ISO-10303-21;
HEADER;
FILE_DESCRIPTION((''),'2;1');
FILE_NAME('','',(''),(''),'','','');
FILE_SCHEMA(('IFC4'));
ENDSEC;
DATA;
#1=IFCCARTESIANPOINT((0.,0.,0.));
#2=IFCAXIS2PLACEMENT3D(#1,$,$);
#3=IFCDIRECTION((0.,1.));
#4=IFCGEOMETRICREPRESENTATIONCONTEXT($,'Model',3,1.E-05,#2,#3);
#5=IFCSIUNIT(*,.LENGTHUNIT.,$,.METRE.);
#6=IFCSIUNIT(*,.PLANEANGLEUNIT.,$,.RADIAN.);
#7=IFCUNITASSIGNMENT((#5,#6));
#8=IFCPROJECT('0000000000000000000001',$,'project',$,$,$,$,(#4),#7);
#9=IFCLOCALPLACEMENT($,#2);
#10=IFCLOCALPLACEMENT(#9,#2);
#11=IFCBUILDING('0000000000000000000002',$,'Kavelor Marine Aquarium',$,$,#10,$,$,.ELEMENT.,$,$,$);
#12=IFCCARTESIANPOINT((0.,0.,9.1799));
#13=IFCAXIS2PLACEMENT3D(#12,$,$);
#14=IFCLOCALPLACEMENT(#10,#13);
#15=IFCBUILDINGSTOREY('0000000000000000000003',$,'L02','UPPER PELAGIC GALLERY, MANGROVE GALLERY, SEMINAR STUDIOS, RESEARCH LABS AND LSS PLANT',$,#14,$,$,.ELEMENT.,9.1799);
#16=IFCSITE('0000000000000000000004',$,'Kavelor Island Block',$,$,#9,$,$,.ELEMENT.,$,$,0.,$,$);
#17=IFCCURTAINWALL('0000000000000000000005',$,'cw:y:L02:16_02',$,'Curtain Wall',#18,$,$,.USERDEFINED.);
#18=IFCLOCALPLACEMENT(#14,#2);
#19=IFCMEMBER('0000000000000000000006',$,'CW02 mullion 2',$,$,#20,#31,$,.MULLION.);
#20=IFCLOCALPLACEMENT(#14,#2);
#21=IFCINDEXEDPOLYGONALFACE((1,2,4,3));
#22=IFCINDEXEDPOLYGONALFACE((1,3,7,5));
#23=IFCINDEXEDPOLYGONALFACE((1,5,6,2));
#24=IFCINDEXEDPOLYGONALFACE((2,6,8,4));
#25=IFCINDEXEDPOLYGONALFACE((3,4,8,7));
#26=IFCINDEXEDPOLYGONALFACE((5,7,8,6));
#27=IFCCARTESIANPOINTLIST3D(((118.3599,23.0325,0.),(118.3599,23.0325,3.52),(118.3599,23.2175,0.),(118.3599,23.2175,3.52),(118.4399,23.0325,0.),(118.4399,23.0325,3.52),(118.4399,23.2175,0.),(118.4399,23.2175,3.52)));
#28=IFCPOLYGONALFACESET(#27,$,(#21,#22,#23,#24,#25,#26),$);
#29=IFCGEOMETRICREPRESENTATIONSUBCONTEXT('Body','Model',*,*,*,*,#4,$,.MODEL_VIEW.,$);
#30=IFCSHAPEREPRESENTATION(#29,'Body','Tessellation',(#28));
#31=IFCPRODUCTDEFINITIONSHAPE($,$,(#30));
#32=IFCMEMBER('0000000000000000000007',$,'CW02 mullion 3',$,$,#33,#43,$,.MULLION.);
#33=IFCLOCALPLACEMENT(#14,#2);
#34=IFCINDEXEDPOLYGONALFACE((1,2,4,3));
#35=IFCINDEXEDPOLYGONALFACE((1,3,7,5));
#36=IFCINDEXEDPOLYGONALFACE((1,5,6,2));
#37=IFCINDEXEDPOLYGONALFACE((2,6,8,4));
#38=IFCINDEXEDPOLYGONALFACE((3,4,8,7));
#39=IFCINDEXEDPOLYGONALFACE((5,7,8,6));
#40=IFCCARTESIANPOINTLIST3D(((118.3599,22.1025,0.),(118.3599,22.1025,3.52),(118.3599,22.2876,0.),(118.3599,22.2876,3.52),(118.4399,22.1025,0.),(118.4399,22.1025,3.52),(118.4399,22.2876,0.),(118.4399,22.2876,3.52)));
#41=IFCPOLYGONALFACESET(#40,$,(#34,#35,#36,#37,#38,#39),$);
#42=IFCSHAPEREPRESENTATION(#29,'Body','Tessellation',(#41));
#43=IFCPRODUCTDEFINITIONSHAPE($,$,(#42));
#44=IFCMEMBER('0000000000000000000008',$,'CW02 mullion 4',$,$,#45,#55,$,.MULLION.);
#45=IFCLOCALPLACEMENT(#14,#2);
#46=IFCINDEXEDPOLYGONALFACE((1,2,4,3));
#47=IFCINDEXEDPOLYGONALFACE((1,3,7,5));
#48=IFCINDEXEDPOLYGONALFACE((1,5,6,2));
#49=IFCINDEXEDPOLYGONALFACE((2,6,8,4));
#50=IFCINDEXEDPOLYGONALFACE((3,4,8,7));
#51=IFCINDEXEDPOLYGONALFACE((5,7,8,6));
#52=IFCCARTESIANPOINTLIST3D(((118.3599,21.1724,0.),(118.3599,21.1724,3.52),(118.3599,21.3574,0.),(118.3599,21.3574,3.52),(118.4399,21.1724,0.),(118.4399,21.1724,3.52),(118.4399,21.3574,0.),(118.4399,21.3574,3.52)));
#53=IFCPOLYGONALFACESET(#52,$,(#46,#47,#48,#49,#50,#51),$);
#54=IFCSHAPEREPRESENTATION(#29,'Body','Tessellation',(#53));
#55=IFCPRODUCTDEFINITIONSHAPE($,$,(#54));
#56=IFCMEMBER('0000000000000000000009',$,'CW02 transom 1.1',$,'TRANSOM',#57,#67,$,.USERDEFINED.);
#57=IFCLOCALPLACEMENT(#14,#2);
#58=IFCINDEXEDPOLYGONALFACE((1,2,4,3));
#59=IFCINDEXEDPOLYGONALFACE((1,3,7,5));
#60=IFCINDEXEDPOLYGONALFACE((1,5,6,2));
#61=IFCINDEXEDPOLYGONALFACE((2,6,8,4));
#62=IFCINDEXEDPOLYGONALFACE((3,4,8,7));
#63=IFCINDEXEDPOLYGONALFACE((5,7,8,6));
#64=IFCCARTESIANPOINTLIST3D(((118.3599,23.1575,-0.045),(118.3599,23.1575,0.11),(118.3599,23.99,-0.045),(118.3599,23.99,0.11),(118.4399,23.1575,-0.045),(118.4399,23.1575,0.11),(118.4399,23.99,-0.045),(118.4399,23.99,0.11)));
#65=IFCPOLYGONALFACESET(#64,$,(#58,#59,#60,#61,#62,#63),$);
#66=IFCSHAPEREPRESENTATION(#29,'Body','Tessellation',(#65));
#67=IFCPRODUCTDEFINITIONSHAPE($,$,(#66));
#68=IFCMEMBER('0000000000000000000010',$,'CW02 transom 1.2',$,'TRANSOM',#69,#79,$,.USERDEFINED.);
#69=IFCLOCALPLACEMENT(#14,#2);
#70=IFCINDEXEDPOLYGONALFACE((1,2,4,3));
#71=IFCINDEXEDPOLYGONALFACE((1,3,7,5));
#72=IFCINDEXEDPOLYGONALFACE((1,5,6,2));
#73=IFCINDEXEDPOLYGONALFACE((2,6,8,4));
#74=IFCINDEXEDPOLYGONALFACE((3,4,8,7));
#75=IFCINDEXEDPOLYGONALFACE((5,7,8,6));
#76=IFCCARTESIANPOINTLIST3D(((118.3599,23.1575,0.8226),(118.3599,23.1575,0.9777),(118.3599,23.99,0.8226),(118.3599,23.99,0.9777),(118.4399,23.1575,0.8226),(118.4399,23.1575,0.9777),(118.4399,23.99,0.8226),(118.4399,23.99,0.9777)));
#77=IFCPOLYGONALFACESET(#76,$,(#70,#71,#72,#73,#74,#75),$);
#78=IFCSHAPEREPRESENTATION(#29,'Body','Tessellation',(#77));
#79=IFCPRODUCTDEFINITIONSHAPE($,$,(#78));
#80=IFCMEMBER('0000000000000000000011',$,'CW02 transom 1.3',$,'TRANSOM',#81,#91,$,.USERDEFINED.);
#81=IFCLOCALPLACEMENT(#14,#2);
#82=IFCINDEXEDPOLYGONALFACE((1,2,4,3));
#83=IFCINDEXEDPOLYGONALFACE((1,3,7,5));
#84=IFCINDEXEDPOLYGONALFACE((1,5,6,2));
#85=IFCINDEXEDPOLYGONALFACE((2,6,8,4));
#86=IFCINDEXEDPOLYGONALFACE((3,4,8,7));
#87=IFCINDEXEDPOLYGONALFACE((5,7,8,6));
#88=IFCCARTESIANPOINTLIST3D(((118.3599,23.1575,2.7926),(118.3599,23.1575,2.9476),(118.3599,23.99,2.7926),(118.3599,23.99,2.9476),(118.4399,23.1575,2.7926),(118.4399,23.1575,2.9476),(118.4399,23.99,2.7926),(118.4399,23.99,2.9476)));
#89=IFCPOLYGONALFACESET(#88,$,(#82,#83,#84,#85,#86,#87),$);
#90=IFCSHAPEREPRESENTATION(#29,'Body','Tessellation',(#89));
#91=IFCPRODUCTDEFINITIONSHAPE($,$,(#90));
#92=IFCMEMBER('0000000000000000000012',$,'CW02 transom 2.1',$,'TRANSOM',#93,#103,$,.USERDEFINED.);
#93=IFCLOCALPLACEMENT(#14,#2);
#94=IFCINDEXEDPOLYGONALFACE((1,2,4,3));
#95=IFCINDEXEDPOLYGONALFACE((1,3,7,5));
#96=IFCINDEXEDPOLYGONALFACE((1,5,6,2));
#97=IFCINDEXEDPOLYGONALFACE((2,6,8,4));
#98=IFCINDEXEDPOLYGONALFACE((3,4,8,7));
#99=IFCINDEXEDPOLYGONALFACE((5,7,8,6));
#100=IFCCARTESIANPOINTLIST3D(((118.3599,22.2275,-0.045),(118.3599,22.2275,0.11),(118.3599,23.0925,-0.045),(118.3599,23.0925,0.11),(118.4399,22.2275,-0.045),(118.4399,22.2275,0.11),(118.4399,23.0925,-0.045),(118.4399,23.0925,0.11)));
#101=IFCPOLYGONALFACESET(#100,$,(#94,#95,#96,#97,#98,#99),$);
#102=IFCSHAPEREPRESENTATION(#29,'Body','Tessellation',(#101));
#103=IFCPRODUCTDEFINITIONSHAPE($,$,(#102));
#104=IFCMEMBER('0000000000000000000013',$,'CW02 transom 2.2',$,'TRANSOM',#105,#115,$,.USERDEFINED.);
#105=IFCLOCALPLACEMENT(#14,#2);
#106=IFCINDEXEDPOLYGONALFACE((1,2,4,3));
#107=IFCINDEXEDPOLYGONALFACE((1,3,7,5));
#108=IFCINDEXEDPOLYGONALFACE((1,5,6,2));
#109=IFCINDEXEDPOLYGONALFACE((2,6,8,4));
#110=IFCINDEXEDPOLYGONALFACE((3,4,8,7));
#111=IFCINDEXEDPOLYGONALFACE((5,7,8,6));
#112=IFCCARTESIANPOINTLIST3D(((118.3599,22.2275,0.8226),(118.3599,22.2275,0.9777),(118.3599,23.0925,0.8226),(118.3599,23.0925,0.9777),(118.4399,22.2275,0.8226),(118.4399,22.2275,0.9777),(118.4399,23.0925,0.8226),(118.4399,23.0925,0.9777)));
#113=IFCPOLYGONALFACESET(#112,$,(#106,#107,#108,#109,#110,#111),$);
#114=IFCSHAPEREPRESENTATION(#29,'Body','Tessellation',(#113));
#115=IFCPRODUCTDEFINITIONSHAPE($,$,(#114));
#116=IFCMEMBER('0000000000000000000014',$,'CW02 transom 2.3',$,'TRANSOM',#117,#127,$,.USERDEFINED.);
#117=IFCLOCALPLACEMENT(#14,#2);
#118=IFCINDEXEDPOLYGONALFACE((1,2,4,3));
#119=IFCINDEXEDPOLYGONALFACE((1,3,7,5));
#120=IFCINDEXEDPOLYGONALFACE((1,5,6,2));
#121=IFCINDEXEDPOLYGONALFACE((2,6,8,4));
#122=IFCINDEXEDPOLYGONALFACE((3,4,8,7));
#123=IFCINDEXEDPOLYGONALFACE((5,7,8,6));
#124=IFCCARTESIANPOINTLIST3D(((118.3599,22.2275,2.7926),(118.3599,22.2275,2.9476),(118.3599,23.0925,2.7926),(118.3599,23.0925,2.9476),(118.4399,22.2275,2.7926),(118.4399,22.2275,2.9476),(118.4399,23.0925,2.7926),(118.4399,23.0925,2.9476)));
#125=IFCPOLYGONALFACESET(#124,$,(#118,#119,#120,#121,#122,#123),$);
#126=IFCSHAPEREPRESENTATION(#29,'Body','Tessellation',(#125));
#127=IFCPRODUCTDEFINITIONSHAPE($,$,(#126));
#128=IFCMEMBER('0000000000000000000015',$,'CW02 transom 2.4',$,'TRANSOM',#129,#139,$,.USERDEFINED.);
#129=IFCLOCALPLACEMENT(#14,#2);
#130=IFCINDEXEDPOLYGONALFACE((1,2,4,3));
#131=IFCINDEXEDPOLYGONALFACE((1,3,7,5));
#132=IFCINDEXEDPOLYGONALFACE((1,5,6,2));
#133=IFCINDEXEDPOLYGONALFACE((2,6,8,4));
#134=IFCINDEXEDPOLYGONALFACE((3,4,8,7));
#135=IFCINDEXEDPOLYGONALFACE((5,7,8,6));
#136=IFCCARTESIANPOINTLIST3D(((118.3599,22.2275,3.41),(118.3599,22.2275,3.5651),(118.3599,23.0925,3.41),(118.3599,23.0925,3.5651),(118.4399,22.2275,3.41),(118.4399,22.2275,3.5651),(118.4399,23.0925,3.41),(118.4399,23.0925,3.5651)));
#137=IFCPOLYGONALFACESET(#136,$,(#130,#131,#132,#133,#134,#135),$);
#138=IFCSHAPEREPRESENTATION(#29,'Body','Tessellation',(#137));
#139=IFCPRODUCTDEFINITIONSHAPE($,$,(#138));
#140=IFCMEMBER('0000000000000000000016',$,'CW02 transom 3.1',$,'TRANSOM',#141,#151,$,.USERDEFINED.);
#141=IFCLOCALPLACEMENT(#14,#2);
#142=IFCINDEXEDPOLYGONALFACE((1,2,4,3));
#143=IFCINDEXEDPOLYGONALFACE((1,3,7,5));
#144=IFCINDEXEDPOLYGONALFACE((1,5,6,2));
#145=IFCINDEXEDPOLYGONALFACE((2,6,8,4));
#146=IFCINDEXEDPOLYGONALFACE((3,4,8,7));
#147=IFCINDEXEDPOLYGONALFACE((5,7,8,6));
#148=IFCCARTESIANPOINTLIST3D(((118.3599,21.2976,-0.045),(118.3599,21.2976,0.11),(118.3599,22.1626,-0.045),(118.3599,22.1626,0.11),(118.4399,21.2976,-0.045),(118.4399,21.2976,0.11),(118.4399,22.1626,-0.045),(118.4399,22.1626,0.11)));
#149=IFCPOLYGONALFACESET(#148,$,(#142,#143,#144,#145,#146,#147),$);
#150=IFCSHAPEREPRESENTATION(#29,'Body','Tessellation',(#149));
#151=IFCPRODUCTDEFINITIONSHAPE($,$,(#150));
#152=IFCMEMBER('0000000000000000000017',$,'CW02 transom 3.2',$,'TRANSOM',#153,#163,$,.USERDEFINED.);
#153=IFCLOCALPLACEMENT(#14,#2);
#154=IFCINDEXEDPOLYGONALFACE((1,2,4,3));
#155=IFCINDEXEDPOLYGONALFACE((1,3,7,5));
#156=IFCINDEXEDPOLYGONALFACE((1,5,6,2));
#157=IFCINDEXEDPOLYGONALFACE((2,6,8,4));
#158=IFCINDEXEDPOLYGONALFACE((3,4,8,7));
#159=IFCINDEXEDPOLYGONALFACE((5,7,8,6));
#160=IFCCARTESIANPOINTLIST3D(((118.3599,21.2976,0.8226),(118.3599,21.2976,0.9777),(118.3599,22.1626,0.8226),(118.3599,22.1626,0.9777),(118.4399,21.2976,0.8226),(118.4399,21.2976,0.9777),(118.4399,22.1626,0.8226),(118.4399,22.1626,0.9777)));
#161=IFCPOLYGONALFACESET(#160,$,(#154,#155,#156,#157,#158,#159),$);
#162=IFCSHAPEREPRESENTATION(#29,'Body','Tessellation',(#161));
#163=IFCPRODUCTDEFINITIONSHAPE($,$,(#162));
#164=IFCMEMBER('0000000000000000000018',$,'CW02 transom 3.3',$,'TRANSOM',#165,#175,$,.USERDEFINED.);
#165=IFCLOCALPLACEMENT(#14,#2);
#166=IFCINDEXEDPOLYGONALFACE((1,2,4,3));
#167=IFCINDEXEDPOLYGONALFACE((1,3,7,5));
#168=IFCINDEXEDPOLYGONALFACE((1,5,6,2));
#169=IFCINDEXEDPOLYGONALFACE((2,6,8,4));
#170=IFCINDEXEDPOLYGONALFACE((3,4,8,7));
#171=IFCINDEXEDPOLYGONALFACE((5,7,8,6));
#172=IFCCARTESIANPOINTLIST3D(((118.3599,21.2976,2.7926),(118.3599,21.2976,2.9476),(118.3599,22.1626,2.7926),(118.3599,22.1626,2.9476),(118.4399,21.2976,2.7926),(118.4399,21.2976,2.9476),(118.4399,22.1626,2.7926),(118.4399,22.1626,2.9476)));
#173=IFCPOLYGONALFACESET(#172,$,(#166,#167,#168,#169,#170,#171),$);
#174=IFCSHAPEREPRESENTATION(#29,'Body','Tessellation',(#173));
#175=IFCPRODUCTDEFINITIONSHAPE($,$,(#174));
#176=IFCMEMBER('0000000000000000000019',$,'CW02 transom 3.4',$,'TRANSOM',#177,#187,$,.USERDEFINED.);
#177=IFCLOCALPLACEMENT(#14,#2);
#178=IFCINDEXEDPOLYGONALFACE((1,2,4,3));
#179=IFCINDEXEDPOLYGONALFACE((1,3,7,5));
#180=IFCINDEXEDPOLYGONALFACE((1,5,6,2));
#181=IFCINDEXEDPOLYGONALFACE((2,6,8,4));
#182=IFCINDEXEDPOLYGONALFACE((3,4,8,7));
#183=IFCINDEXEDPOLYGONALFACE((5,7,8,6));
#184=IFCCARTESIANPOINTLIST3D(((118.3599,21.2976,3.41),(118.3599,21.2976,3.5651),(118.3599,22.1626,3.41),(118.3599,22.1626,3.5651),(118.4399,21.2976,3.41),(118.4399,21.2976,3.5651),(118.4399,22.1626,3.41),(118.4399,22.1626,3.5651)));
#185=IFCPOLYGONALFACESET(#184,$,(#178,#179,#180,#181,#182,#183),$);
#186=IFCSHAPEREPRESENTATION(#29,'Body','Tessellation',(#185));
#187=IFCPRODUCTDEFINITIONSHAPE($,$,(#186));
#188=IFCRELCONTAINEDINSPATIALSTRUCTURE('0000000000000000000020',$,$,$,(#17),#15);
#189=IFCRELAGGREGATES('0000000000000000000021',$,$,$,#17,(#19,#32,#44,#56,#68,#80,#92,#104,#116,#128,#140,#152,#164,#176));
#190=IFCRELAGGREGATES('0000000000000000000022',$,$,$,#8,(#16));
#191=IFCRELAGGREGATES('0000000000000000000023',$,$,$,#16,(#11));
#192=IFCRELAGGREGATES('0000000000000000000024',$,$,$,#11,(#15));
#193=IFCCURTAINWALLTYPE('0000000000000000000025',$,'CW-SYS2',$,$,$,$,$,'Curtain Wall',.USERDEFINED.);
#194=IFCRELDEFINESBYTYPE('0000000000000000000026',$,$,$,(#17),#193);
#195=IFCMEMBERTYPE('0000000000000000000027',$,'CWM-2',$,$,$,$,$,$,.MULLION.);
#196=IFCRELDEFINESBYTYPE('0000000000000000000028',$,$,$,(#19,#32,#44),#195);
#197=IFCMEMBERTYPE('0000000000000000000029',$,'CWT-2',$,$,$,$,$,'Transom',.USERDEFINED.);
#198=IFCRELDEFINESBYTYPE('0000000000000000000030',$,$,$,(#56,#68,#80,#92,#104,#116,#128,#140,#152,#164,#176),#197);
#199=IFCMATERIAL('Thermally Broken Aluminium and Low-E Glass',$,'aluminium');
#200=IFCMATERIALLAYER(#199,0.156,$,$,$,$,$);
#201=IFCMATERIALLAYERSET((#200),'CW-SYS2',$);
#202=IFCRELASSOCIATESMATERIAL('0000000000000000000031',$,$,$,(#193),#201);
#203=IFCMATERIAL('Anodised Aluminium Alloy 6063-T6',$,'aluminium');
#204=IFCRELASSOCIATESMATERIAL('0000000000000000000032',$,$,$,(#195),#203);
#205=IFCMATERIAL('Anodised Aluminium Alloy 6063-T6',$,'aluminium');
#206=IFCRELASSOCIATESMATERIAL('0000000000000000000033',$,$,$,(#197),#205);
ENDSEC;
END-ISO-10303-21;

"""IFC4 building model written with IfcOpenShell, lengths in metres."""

from ifc_helpers import new_model, si_unit, direction, frame, origin, origin_2d, place, context, subcontext, project, spatial, rectangle, extrude, material, layer, layer_set, material_profile, profile_set, type_object, element, aggregate, save


model = new_model("IFC4")

# Units and contexts
model_context = context("Model", 3, precision=1e-05, world=origin(), true_north=direction((0.0, 1.0)))
body_context = subcontext(model_context, "Body", "Model", "MODEL_VIEW")
ifc_project = project(units=[si_unit("LENGTHUNIT", "METRE"), si_unit("PLANEANGLEUNIT", "RADIAN")], contexts=[model_context])

# Site, building, storey
site_placement = place(None, origin())
site = spatial("IfcSite", under=ifc_project, at=site_placement, Name="Kavelor Island Block", CompositionType="ELEMENT", RefElevation=0.0)
building_placement = place(site_placement, origin())
building = spatial("IfcBuilding", under=site, at=building_placement, Name="Kavelor Marine Aquarium", CompositionType="ELEMENT")
storey_placement = place(building_placement, frame((0.0, 0.0, 9.1799)))
storey = spatial("IfcBuildingStorey", under=building, at=storey_placement, Name="L02", Description="UPPER PELAGIC GALLERY, MANGROVE GALLERY, SEMINAR STUDIOS, RESEARCH LABS AND LSS PLANT", CompositionType="ELEMENT", Elevation=9.1799)

# Curtain wall, members
ifc_material_1 = material(Name="Thermally Broken Aluminium and Low-E Glass", Category="aluminium")
ifc_layer_1 = layer(ifc_material_1, 0.156)
ifc_layer_set_1 = layer_set([ifc_layer_1], Name="CW-SYS2")
curtain_wall_type = type_object("IfcCurtainWallType", Name="CW-SYS2", ElementType="Curtain Wall", PredefinedType="USERDEFINED", material=ifc_layer_set_1)
curtain_wall_placement = place(storey_placement, origin())
curtain_wall = element("IfcCurtainWall", 1, at=curtain_wall_placement, inside=storey, type_object=curtain_wall_type, Name="cw:y:L02:16_02", ObjectType="Curtain Wall", PredefinedType="USERDEFINED")
ifc_material_2 = material(Name="Anodised Aluminium Alloy 6063-T6", Category="aluminium")
ifc_material_profile_1 = material_profile(ifc_material_2, rectangle(XDim=0.0801, YDim=0.1851, at=origin_2d()), Name="CW-MUL 80x185")
ifc_profile_set_1 = profile_set([ifc_material_profile_1], Name="Anodised Aluminium Alloy 6063-T6")
member_type_1 = type_object("IfcMemberType", Name="CWM-2", PredefinedType="MULLION", material=ifc_profile_set_1)
member_1_placement = place(storey_placement, frame((118.3999, 23.125, 0.0), z_axis=(0.0, 0.0, 1.0), x_axis=(1.0, 0.0, 0.0)))
member_1 = element("IfcMember", 2, at=member_1_placement, type_object=member_type_1, Name="CW02 mullion 2", PredefinedType="MULLION", context=body_context, shape_type="SweptSolid", body=[
    extrude(rectangle(XDim=0.0801, YDim=0.1851, at=origin_2d()), origin(), (0.0, 0.0, 1.0), 3.52),
])
member_2_placement = place(storey_placement, frame((118.3999, 22.1951, 0.0), z_axis=(0.0, 0.0, 1.0), x_axis=(1.0, 0.0, 0.0)))
member_2 = element("IfcMember", 3, at=member_2_placement, type_object=member_type_1, Name="CW02 mullion 3", PredefinedType="MULLION", context=body_context, shape_type="SweptSolid", body=[
    extrude(rectangle(XDim=0.0801, YDim=0.1851, at=origin_2d()), origin(), (0.0, 0.0, 1.0), 3.52),
])
member_3_placement = place(storey_placement, frame((118.3999, 21.2649, 0.0), z_axis=(0.0, 0.0, 1.0), x_axis=(1.0, 0.0, 0.0)))
member_3 = element("IfcMember", 4, at=member_3_placement, type_object=member_type_1, Name="CW02 mullion 4", PredefinedType="MULLION", context=body_context, shape_type="SweptSolid", body=[
    extrude(rectangle(XDim=0.0801, YDim=0.1851, at=origin_2d()), origin(), (0.0, 0.0, 1.0), 3.52),
])
ifc_material_3 = material(Name="Anodised Aluminium Alloy 6063-T6", Category="aluminium")
ifc_material_profile_2 = material_profile(ifc_material_3, rectangle(XDim=0.0801, YDim=0.155, at=origin_2d()), Name="CW-TRN 80x155")
ifc_profile_set_2 = profile_set([ifc_material_profile_2], Name="Anodised Aluminium Alloy 6063-T6")
member_type_2 = type_object("IfcMemberType", Name="CWT-2", ElementType="Transom", PredefinedType="USERDEFINED", material=ifc_profile_set_2)
member_4_placement = place(storey_placement, frame((118.3999, 23.99, 0.0325), z_axis=(0.0, -1.0, 0.0), x_axis=(1.0, 0.0, 0.0)))
member_4 = element("IfcMember", 5, at=member_4_placement, type_object=member_type_2, Name="CW02 transom 1.1", ObjectType="TRANSOM", PredefinedType="USERDEFINED", context=body_context, shape_type="SweptSolid", body=[
    extrude(rectangle(XDim=0.0801, YDim=0.155, at=origin_2d()), origin(), (0.0, 0.0, 1.0), 0.8325),
])
member_5_placement = place(storey_placement, frame((118.3999, 23.99, 0.9001), z_axis=(0.0, -1.0, 0.0), x_axis=(1.0, 0.0, 0.0)))
member_5 = element("IfcMember", 6, at=member_5_placement, type_object=member_type_2, Name="CW02 transom 1.2", ObjectType="TRANSOM", PredefinedType="USERDEFINED", context=body_context, shape_type="SweptSolid", body=[
    extrude(rectangle(XDim=0.0801, YDim=0.155, at=origin_2d()), origin(), (0.0, 0.0, 1.0), 0.8325),
])
member_6_placement = place(storey_placement, frame((118.3999, 23.99, 2.8701), z_axis=(0.0, -1.0, 0.0), x_axis=(1.0, 0.0, 0.0)))
member_6 = element("IfcMember", 7, at=member_6_placement, type_object=member_type_2, Name="CW02 transom 1.3", ObjectType="TRANSOM", PredefinedType="USERDEFINED", context=body_context, shape_type="SweptSolid", body=[
    extrude(rectangle(XDim=0.0801, YDim=0.155, at=origin_2d()), origin(), (0.0, 0.0, 1.0), 0.8325),
])
member_7_placement = place(storey_placement, frame((118.3999, 23.0925, 0.0325), z_axis=(0.0, -1.0, 0.0), x_axis=(1.0, 0.0, 0.0)))
member_7 = element("IfcMember", 8, at=member_7_placement, type_object=member_type_2, Name="CW02 transom 2.1", ObjectType="TRANSOM", PredefinedType="USERDEFINED", context=body_context, shape_type="SweptSolid", body=[
    extrude(rectangle(XDim=0.0801, YDim=0.155, at=origin_2d()), origin(), (0.0, 0.0, 1.0), 0.865),
])
member_8_placement = place(storey_placement, frame((118.3999, 23.0925, 0.9001), z_axis=(0.0, -1.0, 0.0), x_axis=(1.0, 0.0, 0.0)))
member_8 = element("IfcMember", 9, at=member_8_placement, type_object=member_type_2, Name="CW02 transom 2.2", ObjectType="TRANSOM", PredefinedType="USERDEFINED", context=body_context, shape_type="SweptSolid", body=[
    extrude(rectangle(XDim=0.0801, YDim=0.155, at=origin_2d()), origin(), (0.0, 0.0, 1.0), 0.865),
])
member_9_placement = place(storey_placement, frame((118.3999, 23.0925, 2.8701), z_axis=(0.0, -1.0, 0.0), x_axis=(1.0, 0.0, 0.0)))
member_9 = element("IfcMember", 10, at=member_9_placement, type_object=member_type_2, Name="CW02 transom 2.3", ObjectType="TRANSOM", PredefinedType="USERDEFINED", context=body_context, shape_type="SweptSolid", body=[
    extrude(rectangle(XDim=0.0801, YDim=0.155, at=origin_2d()), origin(), (0.0, 0.0, 1.0), 0.865),
])
member_10_placement = place(storey_placement, frame((118.3999, 23.0925, 3.4875), z_axis=(0.0, -1.0, 0.0), x_axis=(1.0, 0.0, 0.0)))
member_10 = element("IfcMember", 11, at=member_10_placement, type_object=member_type_2, Name="CW02 transom 2.4", ObjectType="TRANSOM", PredefinedType="USERDEFINED", context=body_context, shape_type="SweptSolid", body=[
    extrude(rectangle(XDim=0.0801, YDim=0.155, at=origin_2d()), origin(), (0.0, 0.0, 1.0), 0.865),
])
member_11_placement = place(storey_placement, frame((118.3999, 22.1626, 0.0325), z_axis=(0.0, -1.0, 0.0), x_axis=(1.0, 0.0, 0.0)))
member_11 = element("IfcMember", 12, at=member_11_placement, type_object=member_type_2, Name="CW02 transom 3.1", ObjectType="TRANSOM", PredefinedType="USERDEFINED", context=body_context, shape_type="SweptSolid", body=[
    extrude(rectangle(XDim=0.0801, YDim=0.155, at=origin_2d()), origin(), (0.0, 0.0, 1.0), 0.865),
])
member_12_placement = place(storey_placement, frame((118.3999, 22.1626, 0.9001), z_axis=(0.0, -1.0, 0.0), x_axis=(1.0, 0.0, 0.0)))
member_12 = element("IfcMember", 13, at=member_12_placement, type_object=member_type_2, Name="CW02 transom 3.2", ObjectType="TRANSOM", PredefinedType="USERDEFINED", context=body_context, shape_type="SweptSolid", body=[
    extrude(rectangle(XDim=0.0801, YDim=0.155, at=origin_2d()), origin(), (0.0, 0.0, 1.0), 0.865),
])
member_13_placement = place(storey_placement, frame((118.3999, 22.1626, 2.8701), z_axis=(0.0, -1.0, 0.0), x_axis=(1.0, 0.0, 0.0)))
member_13 = element("IfcMember", 14, at=member_13_placement, type_object=member_type_2, Name="CW02 transom 3.3", ObjectType="TRANSOM", PredefinedType="USERDEFINED", context=body_context, shape_type="SweptSolid", body=[
    extrude(rectangle(XDim=0.0801, YDim=0.155, at=origin_2d()), origin(), (0.0, 0.0, 1.0), 0.865),
])
member_14_placement = place(storey_placement, frame((118.3999, 22.1626, 3.4875), z_axis=(0.0, -1.0, 0.0), x_axis=(1.0, 0.0, 0.0)))
member_14 = element("IfcMember", 15, at=member_14_placement, type_object=member_type_2, Name="CW02 transom 3.4", ObjectType="TRANSOM", PredefinedType="USERDEFINED", context=body_context, shape_type="SweptSolid", body=[
    extrude(rectangle(XDim=0.0801, YDim=0.155, at=origin_2d()), origin(), (0.0, 0.0, 1.0), 0.865),
])
aggregate(curtain_wall, [member_1, member_2, member_3, member_4, member_5, member_6, member_7, member_8, member_9, member_10, member_11, member_12, member_13, member_14])

save(model, "model.ifc")
